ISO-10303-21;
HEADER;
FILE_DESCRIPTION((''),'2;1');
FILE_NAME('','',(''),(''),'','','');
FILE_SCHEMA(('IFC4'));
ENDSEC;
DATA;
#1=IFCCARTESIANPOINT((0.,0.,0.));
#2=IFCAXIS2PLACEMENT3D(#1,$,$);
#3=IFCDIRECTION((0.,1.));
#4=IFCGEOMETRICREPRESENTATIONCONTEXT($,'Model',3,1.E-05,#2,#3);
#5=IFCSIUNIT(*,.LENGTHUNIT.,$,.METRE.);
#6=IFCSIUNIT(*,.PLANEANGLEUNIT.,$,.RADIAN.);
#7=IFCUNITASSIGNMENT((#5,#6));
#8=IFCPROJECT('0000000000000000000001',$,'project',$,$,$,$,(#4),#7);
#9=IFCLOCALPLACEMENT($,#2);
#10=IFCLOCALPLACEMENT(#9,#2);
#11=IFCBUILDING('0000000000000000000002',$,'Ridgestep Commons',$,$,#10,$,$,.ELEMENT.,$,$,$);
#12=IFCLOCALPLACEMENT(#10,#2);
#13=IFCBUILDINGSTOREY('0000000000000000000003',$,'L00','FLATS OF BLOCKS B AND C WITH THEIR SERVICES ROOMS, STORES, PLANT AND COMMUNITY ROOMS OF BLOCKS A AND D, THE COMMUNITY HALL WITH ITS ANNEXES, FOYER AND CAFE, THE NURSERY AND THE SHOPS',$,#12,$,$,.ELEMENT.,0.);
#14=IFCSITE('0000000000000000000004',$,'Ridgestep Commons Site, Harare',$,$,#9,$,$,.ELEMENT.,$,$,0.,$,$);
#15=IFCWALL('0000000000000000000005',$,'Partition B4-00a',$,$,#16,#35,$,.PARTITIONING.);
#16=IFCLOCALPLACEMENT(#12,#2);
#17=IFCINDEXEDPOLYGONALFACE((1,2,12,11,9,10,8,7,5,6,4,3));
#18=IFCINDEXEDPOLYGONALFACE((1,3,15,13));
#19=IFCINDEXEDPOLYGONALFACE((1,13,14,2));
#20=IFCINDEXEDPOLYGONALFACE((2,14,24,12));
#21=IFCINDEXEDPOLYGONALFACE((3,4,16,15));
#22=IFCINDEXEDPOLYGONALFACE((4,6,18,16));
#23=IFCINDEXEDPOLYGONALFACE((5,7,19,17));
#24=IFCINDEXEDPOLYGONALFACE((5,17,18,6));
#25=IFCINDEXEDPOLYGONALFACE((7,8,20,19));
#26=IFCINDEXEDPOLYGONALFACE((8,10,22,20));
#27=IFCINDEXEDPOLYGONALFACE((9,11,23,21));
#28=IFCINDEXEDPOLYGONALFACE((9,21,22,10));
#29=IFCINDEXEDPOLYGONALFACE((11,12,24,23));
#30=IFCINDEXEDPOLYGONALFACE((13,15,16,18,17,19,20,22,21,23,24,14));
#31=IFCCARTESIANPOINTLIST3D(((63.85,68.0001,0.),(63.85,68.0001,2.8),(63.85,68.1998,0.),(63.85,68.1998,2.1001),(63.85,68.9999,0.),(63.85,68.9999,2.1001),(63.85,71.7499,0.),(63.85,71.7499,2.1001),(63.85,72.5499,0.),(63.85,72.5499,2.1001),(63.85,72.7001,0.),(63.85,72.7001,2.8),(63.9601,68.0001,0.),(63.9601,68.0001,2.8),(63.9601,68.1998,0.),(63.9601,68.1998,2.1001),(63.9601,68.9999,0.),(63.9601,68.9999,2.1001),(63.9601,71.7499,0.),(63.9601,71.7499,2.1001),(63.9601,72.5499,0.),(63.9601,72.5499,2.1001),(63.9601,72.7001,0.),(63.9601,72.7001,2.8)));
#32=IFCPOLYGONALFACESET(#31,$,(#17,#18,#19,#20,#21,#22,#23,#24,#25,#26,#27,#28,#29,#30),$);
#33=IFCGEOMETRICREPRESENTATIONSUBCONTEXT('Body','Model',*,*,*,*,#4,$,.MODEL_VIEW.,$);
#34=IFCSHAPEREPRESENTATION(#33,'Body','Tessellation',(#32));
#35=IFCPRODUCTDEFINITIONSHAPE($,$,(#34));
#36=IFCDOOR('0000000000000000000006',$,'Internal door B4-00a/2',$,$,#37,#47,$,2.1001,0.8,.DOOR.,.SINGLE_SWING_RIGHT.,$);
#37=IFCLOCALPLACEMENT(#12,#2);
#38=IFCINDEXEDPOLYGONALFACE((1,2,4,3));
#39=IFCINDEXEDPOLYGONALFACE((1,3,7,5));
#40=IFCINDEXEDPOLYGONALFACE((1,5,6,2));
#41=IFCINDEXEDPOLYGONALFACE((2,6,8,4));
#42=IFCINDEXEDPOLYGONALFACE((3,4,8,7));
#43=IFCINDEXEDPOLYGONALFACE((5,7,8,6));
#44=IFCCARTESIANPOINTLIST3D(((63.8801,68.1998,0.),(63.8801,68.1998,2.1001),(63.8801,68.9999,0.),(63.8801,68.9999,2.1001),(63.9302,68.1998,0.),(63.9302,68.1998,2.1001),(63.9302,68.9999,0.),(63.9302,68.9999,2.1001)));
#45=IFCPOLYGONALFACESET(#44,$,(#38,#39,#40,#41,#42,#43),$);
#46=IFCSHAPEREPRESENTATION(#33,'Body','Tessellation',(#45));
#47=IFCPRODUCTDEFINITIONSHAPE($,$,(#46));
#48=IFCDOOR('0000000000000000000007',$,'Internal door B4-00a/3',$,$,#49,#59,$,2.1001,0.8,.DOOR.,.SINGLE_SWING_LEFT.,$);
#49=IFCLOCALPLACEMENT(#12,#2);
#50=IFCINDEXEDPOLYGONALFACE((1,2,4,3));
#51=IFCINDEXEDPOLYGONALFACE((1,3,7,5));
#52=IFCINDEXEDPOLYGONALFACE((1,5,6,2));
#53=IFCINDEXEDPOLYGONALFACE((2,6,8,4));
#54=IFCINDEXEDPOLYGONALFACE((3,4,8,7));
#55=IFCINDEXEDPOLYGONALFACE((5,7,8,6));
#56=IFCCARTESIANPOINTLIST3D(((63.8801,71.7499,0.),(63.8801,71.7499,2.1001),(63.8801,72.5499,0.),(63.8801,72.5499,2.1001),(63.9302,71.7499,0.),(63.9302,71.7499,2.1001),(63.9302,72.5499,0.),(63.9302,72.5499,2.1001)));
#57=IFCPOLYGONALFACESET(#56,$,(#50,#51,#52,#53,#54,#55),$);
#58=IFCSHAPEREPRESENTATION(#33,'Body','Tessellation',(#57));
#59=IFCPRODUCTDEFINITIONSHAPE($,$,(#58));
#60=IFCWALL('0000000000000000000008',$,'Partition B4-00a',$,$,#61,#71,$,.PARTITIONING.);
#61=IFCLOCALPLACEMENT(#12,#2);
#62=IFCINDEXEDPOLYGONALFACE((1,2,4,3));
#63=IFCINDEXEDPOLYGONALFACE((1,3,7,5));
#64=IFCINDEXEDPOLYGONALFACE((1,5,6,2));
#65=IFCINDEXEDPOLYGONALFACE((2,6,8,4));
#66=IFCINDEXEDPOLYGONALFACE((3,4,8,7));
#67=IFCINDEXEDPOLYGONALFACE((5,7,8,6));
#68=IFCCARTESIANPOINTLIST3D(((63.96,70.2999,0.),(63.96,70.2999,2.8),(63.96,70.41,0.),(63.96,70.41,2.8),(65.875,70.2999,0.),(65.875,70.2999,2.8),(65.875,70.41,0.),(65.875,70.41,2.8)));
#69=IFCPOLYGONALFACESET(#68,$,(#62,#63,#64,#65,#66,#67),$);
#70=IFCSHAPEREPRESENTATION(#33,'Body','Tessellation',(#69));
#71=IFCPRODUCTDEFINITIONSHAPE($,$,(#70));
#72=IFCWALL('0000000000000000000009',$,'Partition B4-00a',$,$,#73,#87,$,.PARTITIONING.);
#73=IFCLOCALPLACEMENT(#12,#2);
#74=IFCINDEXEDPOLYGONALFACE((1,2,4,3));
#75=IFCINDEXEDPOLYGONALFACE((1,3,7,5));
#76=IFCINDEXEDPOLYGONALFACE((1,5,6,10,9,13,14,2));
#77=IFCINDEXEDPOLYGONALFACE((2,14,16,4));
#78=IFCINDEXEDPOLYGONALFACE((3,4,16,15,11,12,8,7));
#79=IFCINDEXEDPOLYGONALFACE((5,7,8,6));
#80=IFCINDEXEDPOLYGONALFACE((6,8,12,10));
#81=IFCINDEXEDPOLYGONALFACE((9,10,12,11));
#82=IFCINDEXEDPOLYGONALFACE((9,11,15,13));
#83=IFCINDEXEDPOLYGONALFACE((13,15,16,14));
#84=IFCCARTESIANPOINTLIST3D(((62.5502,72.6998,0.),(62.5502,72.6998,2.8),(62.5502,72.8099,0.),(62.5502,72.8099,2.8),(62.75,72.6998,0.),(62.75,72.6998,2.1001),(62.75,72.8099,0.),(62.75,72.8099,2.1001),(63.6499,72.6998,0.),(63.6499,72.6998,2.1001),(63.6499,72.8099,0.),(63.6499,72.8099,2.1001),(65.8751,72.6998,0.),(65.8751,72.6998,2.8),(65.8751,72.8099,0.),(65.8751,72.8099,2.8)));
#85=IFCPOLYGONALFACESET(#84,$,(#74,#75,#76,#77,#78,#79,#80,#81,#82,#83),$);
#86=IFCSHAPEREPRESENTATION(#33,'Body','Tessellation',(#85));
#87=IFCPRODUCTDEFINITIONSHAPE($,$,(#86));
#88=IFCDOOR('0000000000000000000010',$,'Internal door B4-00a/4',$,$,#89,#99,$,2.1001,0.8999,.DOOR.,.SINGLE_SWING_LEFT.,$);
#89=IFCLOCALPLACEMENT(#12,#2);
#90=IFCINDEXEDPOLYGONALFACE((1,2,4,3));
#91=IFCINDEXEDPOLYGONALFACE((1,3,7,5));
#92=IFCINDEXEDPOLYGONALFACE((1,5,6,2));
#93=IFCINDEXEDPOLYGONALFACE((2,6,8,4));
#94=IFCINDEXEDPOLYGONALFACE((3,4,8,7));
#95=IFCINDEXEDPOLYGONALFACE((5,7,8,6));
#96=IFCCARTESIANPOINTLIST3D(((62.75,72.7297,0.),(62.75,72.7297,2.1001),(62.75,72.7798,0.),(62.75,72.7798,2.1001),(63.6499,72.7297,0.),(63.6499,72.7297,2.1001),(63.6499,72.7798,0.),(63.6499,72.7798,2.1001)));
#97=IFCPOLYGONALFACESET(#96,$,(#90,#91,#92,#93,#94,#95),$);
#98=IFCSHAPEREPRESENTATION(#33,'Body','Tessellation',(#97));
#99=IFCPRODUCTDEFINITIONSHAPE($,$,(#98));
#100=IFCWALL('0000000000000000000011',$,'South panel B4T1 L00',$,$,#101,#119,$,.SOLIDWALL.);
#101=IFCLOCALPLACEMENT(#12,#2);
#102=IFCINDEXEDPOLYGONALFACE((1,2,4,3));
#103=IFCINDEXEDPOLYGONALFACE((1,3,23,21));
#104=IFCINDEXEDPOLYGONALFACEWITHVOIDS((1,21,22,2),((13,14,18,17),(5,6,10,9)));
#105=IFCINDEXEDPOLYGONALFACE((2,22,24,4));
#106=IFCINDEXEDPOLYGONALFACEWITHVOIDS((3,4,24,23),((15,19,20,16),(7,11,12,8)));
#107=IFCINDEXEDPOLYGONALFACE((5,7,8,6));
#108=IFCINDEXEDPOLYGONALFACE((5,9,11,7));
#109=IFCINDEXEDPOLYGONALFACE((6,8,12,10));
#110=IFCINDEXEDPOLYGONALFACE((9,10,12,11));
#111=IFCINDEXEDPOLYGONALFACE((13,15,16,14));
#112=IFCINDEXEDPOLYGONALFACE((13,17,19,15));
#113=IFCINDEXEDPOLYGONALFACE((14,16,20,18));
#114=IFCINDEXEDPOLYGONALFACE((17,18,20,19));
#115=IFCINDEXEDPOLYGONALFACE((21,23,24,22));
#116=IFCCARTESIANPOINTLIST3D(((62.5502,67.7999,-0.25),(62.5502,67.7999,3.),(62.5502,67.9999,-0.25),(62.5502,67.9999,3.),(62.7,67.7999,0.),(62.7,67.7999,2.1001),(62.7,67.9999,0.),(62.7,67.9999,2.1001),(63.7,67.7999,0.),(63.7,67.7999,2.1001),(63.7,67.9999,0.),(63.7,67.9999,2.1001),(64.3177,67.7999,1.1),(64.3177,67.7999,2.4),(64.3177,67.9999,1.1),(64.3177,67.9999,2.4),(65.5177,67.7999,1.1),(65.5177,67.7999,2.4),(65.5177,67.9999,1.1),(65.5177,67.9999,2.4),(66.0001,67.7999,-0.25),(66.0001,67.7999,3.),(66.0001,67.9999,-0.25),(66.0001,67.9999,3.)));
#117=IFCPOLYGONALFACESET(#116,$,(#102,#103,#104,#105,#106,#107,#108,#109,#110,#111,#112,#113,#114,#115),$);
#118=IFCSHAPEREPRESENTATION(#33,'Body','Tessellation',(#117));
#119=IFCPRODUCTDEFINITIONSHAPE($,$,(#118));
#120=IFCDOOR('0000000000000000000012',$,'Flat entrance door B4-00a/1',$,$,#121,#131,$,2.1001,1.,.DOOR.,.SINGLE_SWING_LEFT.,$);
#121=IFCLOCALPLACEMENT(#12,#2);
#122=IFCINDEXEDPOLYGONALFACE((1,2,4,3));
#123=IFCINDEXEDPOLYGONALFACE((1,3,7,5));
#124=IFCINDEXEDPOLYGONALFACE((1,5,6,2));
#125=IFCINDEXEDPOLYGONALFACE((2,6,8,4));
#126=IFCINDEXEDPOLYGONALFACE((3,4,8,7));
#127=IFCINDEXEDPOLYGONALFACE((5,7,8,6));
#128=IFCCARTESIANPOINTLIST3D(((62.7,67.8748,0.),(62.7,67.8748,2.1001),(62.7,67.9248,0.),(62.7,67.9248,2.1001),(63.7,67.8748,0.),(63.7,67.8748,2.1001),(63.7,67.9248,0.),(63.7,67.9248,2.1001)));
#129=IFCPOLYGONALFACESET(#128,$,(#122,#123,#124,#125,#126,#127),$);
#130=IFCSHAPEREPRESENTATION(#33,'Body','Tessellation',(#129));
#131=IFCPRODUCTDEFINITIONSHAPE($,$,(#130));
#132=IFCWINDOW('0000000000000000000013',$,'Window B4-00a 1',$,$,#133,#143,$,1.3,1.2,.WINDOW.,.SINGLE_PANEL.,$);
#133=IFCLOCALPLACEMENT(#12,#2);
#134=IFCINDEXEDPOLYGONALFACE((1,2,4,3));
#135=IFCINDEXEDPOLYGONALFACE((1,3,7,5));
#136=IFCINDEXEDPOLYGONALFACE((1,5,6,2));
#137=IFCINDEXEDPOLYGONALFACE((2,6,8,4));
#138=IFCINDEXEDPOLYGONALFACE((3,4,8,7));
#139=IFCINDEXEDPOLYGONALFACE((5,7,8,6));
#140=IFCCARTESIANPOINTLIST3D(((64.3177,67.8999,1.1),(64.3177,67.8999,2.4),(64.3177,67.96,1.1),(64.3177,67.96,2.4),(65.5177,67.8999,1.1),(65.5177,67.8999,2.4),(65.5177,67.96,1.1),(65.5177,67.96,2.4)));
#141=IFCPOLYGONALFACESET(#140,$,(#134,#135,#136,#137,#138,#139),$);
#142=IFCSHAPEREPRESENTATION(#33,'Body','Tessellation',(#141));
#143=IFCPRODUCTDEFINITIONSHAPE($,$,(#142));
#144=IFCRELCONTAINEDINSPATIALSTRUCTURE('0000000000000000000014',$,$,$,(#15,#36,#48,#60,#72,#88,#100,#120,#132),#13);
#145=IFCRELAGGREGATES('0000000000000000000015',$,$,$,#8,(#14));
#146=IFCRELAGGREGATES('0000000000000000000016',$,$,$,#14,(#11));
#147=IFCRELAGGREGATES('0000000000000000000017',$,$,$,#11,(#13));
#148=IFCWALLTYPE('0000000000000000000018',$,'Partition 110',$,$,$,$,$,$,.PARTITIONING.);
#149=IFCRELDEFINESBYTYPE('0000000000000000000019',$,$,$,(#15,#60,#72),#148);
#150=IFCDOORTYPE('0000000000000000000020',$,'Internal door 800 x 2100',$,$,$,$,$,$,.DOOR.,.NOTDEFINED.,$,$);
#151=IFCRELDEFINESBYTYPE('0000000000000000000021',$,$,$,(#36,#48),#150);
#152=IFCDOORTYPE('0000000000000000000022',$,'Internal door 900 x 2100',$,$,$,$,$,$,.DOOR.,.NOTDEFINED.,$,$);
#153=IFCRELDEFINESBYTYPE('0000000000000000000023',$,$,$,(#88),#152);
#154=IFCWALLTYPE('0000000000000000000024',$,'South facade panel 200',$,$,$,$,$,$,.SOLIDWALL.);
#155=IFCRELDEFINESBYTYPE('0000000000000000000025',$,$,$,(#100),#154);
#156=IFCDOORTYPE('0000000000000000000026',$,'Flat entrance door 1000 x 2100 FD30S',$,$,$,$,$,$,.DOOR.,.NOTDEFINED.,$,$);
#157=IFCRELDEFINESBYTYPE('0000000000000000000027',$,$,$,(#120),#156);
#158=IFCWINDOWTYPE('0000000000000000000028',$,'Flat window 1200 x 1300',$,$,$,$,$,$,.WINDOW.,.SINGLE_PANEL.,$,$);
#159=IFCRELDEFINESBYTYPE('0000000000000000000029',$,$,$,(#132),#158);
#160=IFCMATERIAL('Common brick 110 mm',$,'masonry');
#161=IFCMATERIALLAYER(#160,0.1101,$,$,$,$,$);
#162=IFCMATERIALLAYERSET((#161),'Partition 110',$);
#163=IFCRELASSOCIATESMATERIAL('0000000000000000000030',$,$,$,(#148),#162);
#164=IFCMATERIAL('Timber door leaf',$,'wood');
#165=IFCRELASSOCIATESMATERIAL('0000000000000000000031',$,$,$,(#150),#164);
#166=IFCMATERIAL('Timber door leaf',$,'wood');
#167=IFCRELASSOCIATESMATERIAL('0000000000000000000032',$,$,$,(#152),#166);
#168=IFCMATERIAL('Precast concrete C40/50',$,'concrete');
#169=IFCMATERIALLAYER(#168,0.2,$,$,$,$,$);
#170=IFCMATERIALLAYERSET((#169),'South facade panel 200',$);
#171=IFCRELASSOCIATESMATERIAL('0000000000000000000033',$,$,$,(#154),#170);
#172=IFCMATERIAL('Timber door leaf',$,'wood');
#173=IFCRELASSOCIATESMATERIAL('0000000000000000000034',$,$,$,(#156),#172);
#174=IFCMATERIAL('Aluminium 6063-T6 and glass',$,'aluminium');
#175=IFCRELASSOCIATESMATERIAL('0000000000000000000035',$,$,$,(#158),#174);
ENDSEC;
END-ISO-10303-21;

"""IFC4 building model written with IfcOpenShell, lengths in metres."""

from ifc_helpers import new_model, si_unit, direction, frame, frame_2d, origin, place, context, subcontext, project, spatial, rectangle, extrude, material, layer, layer_set, type_object, element, fill, save


model = new_model("IFC4")

# Units and contexts
model_context = context("Model", 3, precision=1e-05, world=origin(), true_north=direction((0.0, 1.0)))
body_context = subcontext(model_context, "Body", "Model", "MODEL_VIEW")
ifc_project = project(units=[si_unit("LENGTHUNIT", "METRE"), si_unit("PLANEANGLEUNIT", "RADIAN")], contexts=[model_context])

# Site, building, storey
site_placement = place(None, origin())
site = spatial("IfcSite", under=ifc_project, at=site_placement, Name="Ridgestep Commons Site, Harare", CompositionType="ELEMENT", RefElevation=0.0)
building_placement = place(site_placement, origin())
building = spatial("IfcBuilding", under=site, at=building_placement, Name="Ridgestep Commons", CompositionType="ELEMENT")
storey_placement = place(building_placement, origin())
storey = spatial("IfcBuildingStorey", under=building, at=storey_placement, Name="L00", Description="FLATS OF BLOCKS B AND C WITH THEIR SERVICES ROOMS, STORES, PLANT AND COMMUNITY ROOMS OF BLOCKS A AND D, THE COMMUNITY HALL WITH ITS ANNEXES, FOYER AND CAFE, THE NURSERY AND THE SHOPS", CompositionType="ELEMENT", Elevation=0.0)

# Wall, openings, doors
ifc_material_1 = material(Name="Common brick 110 mm", Category="masonry")
ifc_layer_1 = layer(ifc_material_1, 0.1101)
ifc_layer_set_1 = layer_set([ifc_layer_1], Name="Partition 110")
wall_type_1 = type_object("IfcWallType", Name="Partition 110", PredefinedType="PARTITIONING", material=ifc_layer_set_1)
wall_1_placement = place(storey_placement, frame((63.905, 68.0, 0.0), z_axis=(0.0, 0.0, 1.0), x_axis=(0.0, 1.0, 0.0)))
wall_1 = element("IfcWall", 1, at=wall_1_placement, inside=storey, type_object=wall_type_1, Name="Partition B4-00a", PredefinedType="PARTITIONING", context=body_context, shape_type="SweptSolid", body=[
    extrude(rectangle(XDim=4.7, YDim=0.1101, at=frame_2d((2.3501, 0.0))), origin(), (0.0, 0.0, 1.0), 2.8),
])
opening_1_placement = place(wall_1_placement, frame((0.2, 0.0, 0.0)))
opening_1 = element("IfcOpeningElement", 2, at=opening_1_placement, cuts=wall_1, PredefinedType="OPENING", context=body_context, shape_type="SweptSolid", body=[
    extrude(rectangle(XDim=0.8, YDim=2.1001, at=frame_2d((0.3999, 1.05))), frame((0.0, 0.0649, 0.0), z_axis=(0.0, -1.0, 0.0), x_axis=(1.0, 0.0, 0.0)), (0.0, 0.0, 1.0), 0.1301),
])
opening_2_placement = place(wall_1_placement, frame((3.75, 0.0, 0.0)))
opening_2 = element("IfcOpeningElement", 3, at=opening_2_placement, cuts=wall_1, PredefinedType="OPENING", context=body_context, shape_type="SweptSolid", body=[
    extrude(rectangle(XDim=0.8, YDim=2.1001, at=frame_2d((0.3999, 1.05))), frame((0.0, 0.0649, 0.0), z_axis=(0.0, -1.0, 0.0), x_axis=(1.0, 0.0, 0.0)), (0.0, 0.0, 1.0), 0.1301),
])
ifc_material_2 = material(Name="Timber door leaf", Category="wood")
door_type_1 = type_object("IfcDoorType", Name="Internal door 800 x 2100", OperationType="NOTDEFINED", PredefinedType="DOOR", material=ifc_material_2)
door_1_placement = place(opening_1_placement, origin())
door_1 = element("IfcDoor", 4, at=door_1_placement, inside=storey, type_object=door_type_1, Name="Internal door B4-00a/2", OperationType="SINGLE_SWING_RIGHT", OverallHeight=2.1001, OverallWidth=0.8, PredefinedType="DOOR", context=body_context, shape_type="SweptSolid", body=[
    extrude(rectangle(XDim=0.8, YDim=2.1001, at=frame_2d((0.3999, 1.05))), frame((0.0, 0.0249, 0.0), z_axis=(0.0, -1.0, 0.0), x_axis=(1.0, 0.0, 0.0)), (0.0, 0.0, 1.0), 0.05),
])
fill(opening_1, door_1)
door_2_placement = place(opening_2_placement, origin())
door_2 = element("IfcDoor", 5, at=door_2_placement, inside=storey, type_object=door_type_1, Name="Internal door B4-00a/3", OperationType="SINGLE_SWING_LEFT", OverallHeight=2.1001, OverallWidth=0.8, PredefinedType="DOOR", context=body_context, shape_type="SweptSolid", body=[
    extrude(rectangle(XDim=0.8, YDim=2.1001, at=frame_2d((0.3999, 1.05))), frame((0.0, 0.0249, 0.0), z_axis=(0.0, -1.0, 0.0), x_axis=(1.0, 0.0, 0.0)), (0.0, 0.0, 1.0), 0.05),
])
fill(opening_2, door_2)

# Wall
wall_2_placement = place(storey_placement, frame((63.96, 70.355, 0.0), z_axis=(0.0, 0.0, 1.0), x_axis=(1.0, 0.0, 0.0)))
element("IfcWall", 6, at=wall_2_placement, inside=storey, type_object=wall_type_1, Name="Partition B4-00a", PredefinedType="PARTITIONING", context=body_context, shape_type="SweptSolid", body=[
    extrude(rectangle(XDim=1.915, YDim=0.1101, at=frame_2d((0.9575, 0.0))), origin(), (0.0, 0.0, 1.0), 2.8),
])

# Wall, opening, door
wall_3_placement = place(storey_placement, frame((62.55, 72.7549, 0.0), z_axis=(0.0, 0.0, 1.0), x_axis=(1.0, 0.0, 0.0)))
wall_3 = element("IfcWall", 7, at=wall_3_placement, inside=storey, type_object=wall_type_1, Name="Partition B4-00a", PredefinedType="PARTITIONING", context=body_context, shape_type="SweptSolid", body=[
    extrude(rectangle(XDim=3.325, YDim=0.1101, at=frame_2d((1.6626, 0.0))), origin(), (0.0, 0.0, 1.0), 2.8),
])
opening_3_placement = place(wall_3_placement, frame((0.2, 0.0, 0.0)))
opening_3 = element("IfcOpeningElement", 8, at=opening_3_placement, cuts=wall_3, PredefinedType="OPENING", context=body_context, shape_type="SweptSolid", body=[
    extrude(rectangle(XDim=0.8999, YDim=2.1001, at=frame_2d((0.45, 1.05))), frame((0.0, 0.0649, 0.0), z_axis=(0.0, -1.0, 0.0), x_axis=(1.0, 0.0, 0.0)), (0.0, 0.0, 1.0), 0.1301),
])
ifc_material_3 = material(Name="Timber door leaf", Category="wood")
door_type_2 = type_object("IfcDoorType", Name="Internal door 900 x 2100", OperationType="NOTDEFINED", PredefinedType="DOOR", material=ifc_material_3)
door_3_placement = place(opening_3_placement, origin())
door_3 = element("IfcDoor", 9, at=door_3_placement, inside=storey, type_object=door_type_2, Name="Internal door B4-00a/4", OperationType="SINGLE_SWING_LEFT", OverallHeight=2.1001, OverallWidth=0.8999, PredefinedType="DOOR", context=body_context, shape_type="SweptSolid", body=[
    extrude(rectangle(XDim=0.8999, YDim=2.1001, at=frame_2d((0.45, 1.05))), frame((0.0, 0.0249, 0.0), z_axis=(0.0, -1.0, 0.0), x_axis=(1.0, 0.0, 0.0)), (0.0, 0.0, 1.0), 0.05),
])
fill(opening_3, door_3)

# Wall, openings, door, window
ifc_material_4 = material(Name="Precast concrete C40/50", Category="concrete")
ifc_layer_2 = layer(ifc_material_4, 0.2)
ifc_layer_set_2 = layer_set([ifc_layer_2], Name="South facade panel 200")
wall_type_2 = type_object("IfcWallType", Name="South facade panel 200", PredefinedType="SOLIDWALL", material=ifc_layer_set_2)
wall_4_placement = place(storey_placement, frame((62.55, 67.8999, -0.25), z_axis=(0.0, 0.0, 1.0), x_axis=(1.0, 0.0, 0.0)))
wall_4 = element("IfcWall", 10, at=wall_4_placement, inside=storey, type_object=wall_type_2, Name="South panel B4T1 L00", PredefinedType="SOLIDWALL", context=body_context, shape_type="SweptSolid", body=[
    extrude(rectangle(XDim=3.45, YDim=0.2, at=frame_2d((1.7251, 0.0))), origin(), (0.0, 0.0, 1.0), 3.25),
])
opening_4_placement = place(wall_4_placement, frame((1.7676, 0.0, 1.3501)))
opening_4 = element("IfcOpeningElement", 11, at=opening_4_placement, cuts=wall_4, PredefinedType="OPENING", context=body_context, shape_type="SweptSolid", body=[
    extrude(rectangle(XDim=1.2, YDim=1.3, at=frame_2d((0.6001, 0.6499))), frame((0.0, 0.1099, 0.0), z_axis=(0.0, -1.0, 0.0), x_axis=(1.0, 0.0, 0.0)), (0.0, 0.0, 1.0), 0.22),
])
opening_5_placement = place(wall_4_placement, frame((0.1499, 0.0, 0.25)))
opening_5 = element("IfcOpeningElement", 12, at=opening_5_placement, cuts=wall_4, PredefinedType="OPENING", context=body_context, shape_type="SweptSolid", body=[
    extrude(rectangle(XDim=1.0, YDim=2.1001, at=frame_2d((0.5, 1.05))), frame((0.0, 0.1099, 0.0), z_axis=(0.0, -1.0, 0.0), x_axis=(1.0, 0.0, 0.0)), (0.0, 0.0, 1.0), 0.22),
])
ifc_material_5 = material(Name="Timber door leaf", Category="wood")
door_type_3 = type_object("IfcDoorType", Name="Flat entrance door 1000 x 2100 FD30S", OperationType="NOTDEFINED", PredefinedType="DOOR", material=ifc_material_5)
door_4_placement = place(opening_5_placement, origin())
door_4 = element("IfcDoor", 13, at=door_4_placement, inside=storey, type_object=door_type_3, Name="Flat entrance door B4-00a/1", OperationType="SINGLE_SWING_LEFT", OverallHeight=2.1001, OverallWidth=1.0, PredefinedType="DOOR", context=body_context, shape_type="SweptSolid", body=[
    extrude(rectangle(XDim=1.0, YDim=2.1001, at=frame_2d((0.5, 1.05))), frame((0.0, 0.0249, 0.0), z_axis=(0.0, -1.0, 0.0), x_axis=(1.0, 0.0, 0.0)), (0.0, 0.0, 1.0), 0.05),
])
fill(opening_5, door_4)
ifc_material_6 = material(Name="Aluminium 6063-T6 and glass", Category="aluminium")
window_type = type_object("IfcWindowType", Name="Flat window 1200 x 1300", PartitioningType="SINGLE_PANEL", PredefinedType="WINDOW", material=ifc_material_6)
window_1_placement = place(opening_4_placement, origin())
window_1 = element("IfcWindow", 14, at=window_1_placement, inside=storey, type_object=window_type, Name="Window B4-00a 1", OverallHeight=1.3, OverallWidth=1.2, PartitioningType="SINGLE_PANEL", PredefinedType="WINDOW", context=body_context, shape_type="SweptSolid", body=[
    extrude(rectangle(XDim=1.2, YDim=1.3, at=frame_2d((0.6001, 0.6499))), frame((0.0, 0.0601, 0.0), z_axis=(0.0, -1.0, 0.0), x_axis=(1.0, 0.0, 0.0)), (0.0, 0.0, 1.0), 0.0601),
])
fill(opening_4, window_1)

save(model, "model.ifc")
